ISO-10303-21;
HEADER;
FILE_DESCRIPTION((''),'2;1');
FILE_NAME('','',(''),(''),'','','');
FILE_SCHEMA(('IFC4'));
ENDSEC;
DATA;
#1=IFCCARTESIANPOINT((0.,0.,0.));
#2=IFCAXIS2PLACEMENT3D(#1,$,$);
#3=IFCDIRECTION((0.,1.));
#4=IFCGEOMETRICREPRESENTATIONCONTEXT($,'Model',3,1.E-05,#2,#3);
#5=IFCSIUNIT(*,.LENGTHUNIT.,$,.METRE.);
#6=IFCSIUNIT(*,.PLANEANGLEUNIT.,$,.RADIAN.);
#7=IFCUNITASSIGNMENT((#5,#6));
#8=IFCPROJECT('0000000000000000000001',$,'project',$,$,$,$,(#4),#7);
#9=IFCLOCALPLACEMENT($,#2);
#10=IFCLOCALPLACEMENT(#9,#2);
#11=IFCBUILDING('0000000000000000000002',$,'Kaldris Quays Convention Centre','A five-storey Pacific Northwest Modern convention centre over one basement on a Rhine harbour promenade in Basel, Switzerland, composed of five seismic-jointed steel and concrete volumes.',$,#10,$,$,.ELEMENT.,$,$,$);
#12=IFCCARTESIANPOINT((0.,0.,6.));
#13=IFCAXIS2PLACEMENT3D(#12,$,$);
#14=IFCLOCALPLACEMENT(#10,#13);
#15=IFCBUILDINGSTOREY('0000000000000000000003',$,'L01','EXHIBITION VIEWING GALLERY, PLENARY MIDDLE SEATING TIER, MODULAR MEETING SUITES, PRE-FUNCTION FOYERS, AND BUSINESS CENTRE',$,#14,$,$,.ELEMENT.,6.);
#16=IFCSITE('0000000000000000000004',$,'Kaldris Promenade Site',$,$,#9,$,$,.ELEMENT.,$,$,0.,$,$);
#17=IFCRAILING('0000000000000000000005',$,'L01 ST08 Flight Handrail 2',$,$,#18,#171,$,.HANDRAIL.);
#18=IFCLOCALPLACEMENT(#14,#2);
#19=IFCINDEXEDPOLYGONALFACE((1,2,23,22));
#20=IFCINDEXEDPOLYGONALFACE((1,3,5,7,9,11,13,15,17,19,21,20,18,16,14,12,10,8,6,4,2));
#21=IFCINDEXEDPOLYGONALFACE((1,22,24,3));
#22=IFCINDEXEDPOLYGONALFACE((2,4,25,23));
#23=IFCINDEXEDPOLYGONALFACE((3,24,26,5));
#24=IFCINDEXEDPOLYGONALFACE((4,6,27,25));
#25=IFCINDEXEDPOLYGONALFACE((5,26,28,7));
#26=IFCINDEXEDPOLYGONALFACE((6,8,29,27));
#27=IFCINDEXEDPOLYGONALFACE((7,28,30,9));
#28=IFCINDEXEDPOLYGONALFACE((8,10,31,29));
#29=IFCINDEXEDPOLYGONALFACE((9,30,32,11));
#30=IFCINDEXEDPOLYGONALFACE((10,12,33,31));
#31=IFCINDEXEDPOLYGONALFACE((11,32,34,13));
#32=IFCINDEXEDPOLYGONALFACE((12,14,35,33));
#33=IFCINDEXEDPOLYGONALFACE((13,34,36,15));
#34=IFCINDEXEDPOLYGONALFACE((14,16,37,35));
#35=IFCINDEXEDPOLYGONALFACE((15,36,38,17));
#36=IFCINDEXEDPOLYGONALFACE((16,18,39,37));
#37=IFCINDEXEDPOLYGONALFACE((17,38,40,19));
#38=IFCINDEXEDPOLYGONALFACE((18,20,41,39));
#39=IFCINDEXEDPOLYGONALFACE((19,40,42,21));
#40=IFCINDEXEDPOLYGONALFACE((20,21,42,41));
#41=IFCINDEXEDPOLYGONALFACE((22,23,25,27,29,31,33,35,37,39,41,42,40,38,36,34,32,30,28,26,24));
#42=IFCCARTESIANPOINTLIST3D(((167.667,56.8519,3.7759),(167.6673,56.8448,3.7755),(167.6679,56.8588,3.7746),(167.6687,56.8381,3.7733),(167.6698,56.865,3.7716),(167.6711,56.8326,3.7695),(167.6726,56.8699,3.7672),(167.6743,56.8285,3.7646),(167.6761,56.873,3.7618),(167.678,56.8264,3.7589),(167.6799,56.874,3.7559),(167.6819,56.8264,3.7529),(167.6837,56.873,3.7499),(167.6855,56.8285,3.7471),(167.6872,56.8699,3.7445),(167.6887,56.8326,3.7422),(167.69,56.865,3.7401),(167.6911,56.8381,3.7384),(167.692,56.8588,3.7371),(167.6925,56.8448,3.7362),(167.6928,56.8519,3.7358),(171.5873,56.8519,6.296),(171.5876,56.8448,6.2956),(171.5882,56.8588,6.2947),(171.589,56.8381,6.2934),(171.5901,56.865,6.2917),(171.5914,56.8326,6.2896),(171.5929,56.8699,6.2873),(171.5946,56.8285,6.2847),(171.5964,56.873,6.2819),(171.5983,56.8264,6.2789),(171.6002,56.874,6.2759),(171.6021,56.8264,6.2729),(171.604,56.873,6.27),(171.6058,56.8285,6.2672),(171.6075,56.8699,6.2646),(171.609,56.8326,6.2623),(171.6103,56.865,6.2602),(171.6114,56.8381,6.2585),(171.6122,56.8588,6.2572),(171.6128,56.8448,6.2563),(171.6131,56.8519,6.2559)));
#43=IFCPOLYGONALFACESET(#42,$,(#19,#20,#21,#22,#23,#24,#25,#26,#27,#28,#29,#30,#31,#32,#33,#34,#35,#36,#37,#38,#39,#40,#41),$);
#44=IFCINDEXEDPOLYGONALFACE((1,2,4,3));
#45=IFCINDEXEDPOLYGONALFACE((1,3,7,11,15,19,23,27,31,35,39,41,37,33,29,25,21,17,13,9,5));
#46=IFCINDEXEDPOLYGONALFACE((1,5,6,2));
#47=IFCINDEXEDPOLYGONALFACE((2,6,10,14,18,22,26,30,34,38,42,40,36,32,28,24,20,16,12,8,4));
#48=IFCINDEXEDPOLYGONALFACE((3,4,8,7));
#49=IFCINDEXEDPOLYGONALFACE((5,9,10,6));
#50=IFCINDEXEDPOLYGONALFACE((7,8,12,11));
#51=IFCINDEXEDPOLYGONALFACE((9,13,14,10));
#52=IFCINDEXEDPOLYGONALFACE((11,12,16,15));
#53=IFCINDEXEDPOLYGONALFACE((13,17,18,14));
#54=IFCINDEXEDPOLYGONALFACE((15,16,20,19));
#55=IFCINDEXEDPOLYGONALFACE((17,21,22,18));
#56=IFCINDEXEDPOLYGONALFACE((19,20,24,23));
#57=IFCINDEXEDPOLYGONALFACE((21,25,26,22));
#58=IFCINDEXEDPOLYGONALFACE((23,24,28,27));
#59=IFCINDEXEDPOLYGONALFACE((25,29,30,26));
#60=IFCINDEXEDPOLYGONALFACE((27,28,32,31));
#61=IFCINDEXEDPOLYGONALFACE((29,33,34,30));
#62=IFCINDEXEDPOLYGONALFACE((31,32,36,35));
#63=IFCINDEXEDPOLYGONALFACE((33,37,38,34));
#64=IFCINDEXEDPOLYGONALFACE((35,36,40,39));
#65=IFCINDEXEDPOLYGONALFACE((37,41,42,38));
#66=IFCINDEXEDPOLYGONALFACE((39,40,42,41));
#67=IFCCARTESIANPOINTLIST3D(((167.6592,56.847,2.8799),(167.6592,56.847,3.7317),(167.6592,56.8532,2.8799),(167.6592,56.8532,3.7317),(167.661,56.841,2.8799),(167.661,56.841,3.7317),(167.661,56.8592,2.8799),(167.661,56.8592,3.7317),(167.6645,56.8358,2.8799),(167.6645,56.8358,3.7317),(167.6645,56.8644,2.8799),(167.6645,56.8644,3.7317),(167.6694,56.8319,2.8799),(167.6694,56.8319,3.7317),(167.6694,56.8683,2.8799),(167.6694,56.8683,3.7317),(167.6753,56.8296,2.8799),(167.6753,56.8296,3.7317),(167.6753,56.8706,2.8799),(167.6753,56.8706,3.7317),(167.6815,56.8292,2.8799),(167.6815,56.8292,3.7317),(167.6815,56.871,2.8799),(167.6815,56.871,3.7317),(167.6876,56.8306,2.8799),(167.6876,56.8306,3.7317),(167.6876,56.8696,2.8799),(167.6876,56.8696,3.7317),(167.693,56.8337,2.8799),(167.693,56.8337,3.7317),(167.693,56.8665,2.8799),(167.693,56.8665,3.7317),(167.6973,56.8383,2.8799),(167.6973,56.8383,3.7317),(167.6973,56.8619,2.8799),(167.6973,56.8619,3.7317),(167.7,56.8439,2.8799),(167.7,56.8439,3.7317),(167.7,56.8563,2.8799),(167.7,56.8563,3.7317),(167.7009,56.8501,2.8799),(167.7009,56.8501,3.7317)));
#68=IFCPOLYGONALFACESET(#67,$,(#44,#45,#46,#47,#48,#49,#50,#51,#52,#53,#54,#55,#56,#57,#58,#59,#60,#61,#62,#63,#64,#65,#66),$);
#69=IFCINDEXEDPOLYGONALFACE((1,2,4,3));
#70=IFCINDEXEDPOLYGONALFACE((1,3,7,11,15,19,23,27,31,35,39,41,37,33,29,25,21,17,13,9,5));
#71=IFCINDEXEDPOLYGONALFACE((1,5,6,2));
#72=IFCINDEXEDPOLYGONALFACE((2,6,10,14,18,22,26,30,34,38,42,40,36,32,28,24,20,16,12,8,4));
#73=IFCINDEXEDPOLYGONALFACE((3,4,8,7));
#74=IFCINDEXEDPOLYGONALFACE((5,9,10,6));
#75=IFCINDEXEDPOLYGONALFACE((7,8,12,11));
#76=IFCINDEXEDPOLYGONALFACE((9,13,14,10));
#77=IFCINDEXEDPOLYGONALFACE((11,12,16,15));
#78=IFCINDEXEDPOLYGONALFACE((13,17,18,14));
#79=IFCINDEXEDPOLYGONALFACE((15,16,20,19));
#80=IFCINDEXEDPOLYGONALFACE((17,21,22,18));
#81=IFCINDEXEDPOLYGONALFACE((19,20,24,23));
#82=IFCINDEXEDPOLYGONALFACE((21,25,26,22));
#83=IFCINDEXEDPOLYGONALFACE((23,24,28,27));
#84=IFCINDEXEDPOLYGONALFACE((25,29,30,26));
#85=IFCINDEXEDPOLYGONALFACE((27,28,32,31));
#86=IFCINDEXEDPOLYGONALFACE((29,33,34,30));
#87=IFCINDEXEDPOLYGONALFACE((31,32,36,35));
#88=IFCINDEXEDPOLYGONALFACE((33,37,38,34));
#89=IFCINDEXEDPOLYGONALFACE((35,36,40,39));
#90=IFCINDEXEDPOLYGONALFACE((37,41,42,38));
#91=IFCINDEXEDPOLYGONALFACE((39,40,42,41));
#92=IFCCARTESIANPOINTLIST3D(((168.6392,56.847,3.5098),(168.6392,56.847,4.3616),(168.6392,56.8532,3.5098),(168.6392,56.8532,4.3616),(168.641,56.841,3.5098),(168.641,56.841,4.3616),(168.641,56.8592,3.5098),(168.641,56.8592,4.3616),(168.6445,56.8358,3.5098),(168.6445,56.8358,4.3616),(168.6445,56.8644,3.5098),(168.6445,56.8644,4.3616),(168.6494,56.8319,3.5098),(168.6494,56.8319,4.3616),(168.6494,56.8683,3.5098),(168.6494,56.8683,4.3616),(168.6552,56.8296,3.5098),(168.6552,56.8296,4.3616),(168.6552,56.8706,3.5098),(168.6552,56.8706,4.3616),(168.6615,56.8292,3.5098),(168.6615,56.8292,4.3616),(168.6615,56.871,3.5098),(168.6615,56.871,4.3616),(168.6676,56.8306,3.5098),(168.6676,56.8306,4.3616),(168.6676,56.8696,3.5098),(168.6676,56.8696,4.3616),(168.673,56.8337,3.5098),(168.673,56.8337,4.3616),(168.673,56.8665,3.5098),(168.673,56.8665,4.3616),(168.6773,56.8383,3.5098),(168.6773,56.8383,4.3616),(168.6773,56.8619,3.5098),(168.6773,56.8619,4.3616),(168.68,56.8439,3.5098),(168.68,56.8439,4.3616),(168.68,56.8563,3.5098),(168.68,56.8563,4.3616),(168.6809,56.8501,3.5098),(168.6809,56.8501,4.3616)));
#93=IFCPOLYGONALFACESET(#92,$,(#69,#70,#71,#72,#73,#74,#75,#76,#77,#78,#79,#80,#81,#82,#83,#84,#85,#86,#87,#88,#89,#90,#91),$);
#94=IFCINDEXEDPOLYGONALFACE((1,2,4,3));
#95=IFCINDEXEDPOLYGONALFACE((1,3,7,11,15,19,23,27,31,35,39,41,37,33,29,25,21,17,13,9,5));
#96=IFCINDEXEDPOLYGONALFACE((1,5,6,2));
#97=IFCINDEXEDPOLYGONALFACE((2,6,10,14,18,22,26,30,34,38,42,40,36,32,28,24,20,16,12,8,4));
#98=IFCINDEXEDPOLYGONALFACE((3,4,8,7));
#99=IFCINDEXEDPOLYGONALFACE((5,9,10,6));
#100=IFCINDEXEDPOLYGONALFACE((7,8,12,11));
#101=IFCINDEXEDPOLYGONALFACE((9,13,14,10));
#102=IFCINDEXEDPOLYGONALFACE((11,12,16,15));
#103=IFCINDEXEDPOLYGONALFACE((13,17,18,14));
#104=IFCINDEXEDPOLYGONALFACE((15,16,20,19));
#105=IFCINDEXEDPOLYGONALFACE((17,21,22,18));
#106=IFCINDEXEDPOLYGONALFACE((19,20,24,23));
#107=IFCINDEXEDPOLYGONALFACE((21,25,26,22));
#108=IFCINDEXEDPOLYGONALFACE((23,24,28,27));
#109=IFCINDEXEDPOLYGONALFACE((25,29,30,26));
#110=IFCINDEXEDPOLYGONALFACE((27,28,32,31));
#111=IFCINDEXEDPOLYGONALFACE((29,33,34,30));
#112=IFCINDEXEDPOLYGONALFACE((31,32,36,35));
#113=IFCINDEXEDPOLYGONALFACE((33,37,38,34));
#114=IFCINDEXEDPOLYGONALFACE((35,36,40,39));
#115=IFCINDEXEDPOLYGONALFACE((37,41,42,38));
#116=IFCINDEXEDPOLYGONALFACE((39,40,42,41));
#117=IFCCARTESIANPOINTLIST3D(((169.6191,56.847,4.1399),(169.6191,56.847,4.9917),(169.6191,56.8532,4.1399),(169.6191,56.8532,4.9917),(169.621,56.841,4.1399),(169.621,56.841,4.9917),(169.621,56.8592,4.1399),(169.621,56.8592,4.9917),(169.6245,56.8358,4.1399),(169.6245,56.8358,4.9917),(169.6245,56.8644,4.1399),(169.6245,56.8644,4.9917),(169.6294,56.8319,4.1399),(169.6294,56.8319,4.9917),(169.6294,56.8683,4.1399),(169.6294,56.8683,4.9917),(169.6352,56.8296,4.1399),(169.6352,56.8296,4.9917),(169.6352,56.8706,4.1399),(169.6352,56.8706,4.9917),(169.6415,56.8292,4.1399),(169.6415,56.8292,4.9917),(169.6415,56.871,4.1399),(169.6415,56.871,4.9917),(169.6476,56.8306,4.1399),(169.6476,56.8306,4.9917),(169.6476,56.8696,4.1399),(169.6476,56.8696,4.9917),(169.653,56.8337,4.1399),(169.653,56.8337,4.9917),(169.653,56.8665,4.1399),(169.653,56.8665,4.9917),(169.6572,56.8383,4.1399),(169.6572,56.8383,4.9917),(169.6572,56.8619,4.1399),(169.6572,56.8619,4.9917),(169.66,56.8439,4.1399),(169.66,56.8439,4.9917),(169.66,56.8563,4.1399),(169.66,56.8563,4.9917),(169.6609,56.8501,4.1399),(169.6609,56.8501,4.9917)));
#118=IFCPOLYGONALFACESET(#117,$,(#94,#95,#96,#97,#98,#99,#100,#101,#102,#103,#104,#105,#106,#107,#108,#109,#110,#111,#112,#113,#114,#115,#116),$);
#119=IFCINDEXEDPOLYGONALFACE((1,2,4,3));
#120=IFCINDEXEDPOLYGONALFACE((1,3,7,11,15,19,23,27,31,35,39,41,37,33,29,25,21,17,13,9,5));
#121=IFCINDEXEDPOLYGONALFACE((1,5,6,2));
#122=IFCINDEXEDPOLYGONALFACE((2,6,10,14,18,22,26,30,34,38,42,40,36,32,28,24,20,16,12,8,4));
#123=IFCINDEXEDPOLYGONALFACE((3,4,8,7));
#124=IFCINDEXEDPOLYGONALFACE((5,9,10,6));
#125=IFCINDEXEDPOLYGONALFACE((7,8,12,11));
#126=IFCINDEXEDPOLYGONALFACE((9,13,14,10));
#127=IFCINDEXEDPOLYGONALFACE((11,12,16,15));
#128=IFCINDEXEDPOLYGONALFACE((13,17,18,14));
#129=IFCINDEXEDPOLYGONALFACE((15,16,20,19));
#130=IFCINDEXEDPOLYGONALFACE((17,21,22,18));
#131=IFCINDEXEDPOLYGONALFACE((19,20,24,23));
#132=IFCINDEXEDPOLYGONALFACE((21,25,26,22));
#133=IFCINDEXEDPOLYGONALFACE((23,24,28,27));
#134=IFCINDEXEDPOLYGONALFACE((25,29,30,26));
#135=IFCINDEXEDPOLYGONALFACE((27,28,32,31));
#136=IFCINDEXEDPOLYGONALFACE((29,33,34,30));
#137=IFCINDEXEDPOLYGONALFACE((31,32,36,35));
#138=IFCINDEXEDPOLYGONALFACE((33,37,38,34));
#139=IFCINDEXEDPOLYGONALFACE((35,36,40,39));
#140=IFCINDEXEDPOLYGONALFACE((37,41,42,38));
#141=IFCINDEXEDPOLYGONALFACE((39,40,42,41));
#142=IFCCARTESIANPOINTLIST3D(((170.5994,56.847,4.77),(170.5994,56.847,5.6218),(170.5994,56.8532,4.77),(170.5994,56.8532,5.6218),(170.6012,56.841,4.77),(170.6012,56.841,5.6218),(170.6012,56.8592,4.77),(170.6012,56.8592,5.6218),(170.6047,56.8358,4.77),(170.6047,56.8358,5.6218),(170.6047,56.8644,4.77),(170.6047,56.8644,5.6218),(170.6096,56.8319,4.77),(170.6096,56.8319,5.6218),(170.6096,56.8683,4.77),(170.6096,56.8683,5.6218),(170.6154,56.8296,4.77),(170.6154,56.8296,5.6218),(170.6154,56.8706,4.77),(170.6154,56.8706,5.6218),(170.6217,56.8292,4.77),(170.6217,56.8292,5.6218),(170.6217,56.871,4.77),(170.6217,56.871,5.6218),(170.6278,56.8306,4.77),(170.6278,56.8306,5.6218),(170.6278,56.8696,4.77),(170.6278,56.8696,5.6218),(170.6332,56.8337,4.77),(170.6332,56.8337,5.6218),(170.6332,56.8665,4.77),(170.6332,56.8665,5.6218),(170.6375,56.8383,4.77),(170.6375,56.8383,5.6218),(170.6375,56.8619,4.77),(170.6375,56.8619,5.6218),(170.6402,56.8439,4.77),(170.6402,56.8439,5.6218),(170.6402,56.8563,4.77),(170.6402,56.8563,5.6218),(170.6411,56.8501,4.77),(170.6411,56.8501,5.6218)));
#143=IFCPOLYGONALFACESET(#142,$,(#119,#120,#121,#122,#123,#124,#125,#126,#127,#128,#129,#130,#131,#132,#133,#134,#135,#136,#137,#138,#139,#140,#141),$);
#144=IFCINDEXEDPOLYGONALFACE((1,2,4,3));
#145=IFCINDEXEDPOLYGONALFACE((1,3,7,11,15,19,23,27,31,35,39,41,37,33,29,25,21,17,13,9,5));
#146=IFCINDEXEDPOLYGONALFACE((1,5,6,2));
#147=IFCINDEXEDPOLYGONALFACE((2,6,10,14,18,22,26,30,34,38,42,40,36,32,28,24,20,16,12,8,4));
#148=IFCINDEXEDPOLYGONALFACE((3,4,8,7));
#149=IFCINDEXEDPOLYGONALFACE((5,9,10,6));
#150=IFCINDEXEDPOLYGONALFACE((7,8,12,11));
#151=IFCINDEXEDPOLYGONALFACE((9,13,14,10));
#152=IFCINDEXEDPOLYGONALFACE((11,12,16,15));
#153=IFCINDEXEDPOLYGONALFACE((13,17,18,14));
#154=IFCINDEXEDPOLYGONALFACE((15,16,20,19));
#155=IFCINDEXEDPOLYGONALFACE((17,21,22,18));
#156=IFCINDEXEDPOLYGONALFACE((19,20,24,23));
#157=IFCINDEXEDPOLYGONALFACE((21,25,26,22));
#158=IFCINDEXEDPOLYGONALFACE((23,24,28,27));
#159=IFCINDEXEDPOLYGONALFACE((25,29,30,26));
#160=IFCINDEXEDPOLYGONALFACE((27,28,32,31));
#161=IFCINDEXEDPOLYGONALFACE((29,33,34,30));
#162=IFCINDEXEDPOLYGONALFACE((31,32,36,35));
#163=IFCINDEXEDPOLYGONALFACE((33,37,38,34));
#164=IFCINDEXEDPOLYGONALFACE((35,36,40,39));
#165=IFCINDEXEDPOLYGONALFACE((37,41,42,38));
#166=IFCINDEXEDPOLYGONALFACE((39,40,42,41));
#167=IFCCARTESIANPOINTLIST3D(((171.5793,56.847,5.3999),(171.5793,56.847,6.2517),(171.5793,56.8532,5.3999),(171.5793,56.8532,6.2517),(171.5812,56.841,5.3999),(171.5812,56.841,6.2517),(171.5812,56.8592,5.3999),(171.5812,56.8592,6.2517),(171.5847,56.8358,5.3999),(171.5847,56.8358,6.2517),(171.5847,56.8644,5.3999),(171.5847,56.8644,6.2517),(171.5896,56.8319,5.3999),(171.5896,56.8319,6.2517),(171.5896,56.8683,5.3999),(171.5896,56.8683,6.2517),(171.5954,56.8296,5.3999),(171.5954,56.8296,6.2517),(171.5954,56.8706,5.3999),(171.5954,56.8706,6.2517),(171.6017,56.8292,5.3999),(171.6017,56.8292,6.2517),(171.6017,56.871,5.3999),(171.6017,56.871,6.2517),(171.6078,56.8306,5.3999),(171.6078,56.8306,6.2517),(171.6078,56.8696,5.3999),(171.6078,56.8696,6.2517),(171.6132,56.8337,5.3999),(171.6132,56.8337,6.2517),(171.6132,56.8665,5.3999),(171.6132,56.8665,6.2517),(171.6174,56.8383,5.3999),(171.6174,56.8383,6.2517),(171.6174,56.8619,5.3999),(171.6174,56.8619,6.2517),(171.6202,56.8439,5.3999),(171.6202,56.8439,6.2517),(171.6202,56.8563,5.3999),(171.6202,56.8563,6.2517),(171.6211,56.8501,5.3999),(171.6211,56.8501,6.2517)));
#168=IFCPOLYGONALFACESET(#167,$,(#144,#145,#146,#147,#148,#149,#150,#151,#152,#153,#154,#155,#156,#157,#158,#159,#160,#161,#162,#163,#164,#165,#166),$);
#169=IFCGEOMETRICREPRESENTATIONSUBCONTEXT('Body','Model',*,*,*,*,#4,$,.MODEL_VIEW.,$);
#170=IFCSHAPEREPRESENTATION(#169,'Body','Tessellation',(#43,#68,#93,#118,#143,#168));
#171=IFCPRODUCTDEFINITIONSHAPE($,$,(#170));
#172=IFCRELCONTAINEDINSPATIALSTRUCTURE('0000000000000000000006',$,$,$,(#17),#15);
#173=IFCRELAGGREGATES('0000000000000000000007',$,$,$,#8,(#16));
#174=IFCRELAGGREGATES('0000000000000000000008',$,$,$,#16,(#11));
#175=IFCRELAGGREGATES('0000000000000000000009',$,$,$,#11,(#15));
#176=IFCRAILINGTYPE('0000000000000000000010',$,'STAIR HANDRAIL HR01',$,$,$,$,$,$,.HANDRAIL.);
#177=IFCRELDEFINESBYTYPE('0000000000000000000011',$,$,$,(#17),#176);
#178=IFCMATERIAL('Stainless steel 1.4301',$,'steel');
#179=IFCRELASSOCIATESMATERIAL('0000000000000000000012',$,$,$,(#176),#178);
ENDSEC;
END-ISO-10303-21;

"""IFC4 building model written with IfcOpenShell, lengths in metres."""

from ifc_helpers import new_model, si_unit, direction, frame, origin, origin_2d, place, context, subcontext, project, spatial, circle, extrude, material, type_object, element, save


model = new_model("IFC4")

# Units and contexts
model_context = context("Model", 3, precision=1e-05, world=origin(), true_north=direction((0.0, 1.0)))
body_context = subcontext(model_context, "Body", "Model", "MODEL_VIEW")
ifc_project = project(units=[si_unit("LENGTHUNIT", "METRE"), si_unit("PLANEANGLEUNIT", "RADIAN")], contexts=[model_context])

# Site, building, storey
site_placement = place(None, origin())
site = spatial("IfcSite", under=ifc_project, at=site_placement, Name="Kaldris Promenade Site", CompositionType="ELEMENT", RefElevation=0.0)
building_placement = place(site_placement, origin())
building = spatial("IfcBuilding", under=site, at=building_placement, Name="Kaldris Quays Convention Centre", Description="A five-storey Pacific Northwest Modern convention centre over one basement on a Rhine harbour promenade in Basel, Switzerland, composed of five seismic-jointed steel and concrete volumes.", CompositionType="ELEMENT")
storey_placement = place(building_placement, frame((0.0, 0.0, 6.0)))
storey = spatial("IfcBuildingStorey", under=building, at=storey_placement, Name="L01", Description="EXHIBITION VIEWING GALLERY, PLENARY MIDDLE SEATING TIER, MODULAR MEETING SUITES, PRE-FUNCTION FOYERS, AND BUSINESS CENTRE", CompositionType="ELEMENT", Elevation=6.0)

# Railing
ifc_material_1 = material(Name="Stainless steel 1.4301", Category="steel")
railing_type_1 = type_object("IfcRailingType", Name="STAIR HANDRAIL HR01", PredefinedType="HANDRAIL", material=ifc_material_1)
railing_1_placement = place(storey_placement, frame((167.6799, 56.8501, 2.8799)))
element("IfcRailing", 1, at=railing_1_placement, inside=storey, type_object=railing_type_1, Name="L01 ST08 Flight Handrail 2", PredefinedType="HANDRAIL", context=body_context, shape_type="SweptSolid", body=[
    extrude(circle(Radius=0.0239, at=origin_2d()), frame((0.0, 0.0, 0.876), z_axis=(0.841187, 0.0, 0.540744), x_axis=(0.0, 1.0, 0.0)), (0.0, 0.0, 1.0), 4.6604),
    extrude(circle(Radius=0.021, at=origin_2d()), origin(), (0.0, 0.0, 1.0), 0.8518),
    extrude(circle(Radius=0.021, at=origin_2d()), frame((0.98, 0.0, 0.6299)), (0.0, 0.0, 1.0), 0.8518),
    extrude(circle(Radius=0.021, at=origin_2d()), frame((1.96, 0.0, 1.26)), (0.0, 0.0, 1.0), 0.8518),
    extrude(circle(Radius=0.021, at=origin_2d()), frame((2.9402, 0.0, 1.8901)), (0.0, 0.0, 1.0), 0.8518),
    extrude(circle(Radius=0.021, at=origin_2d()), frame((3.9202, 0.0, 2.52)), (0.0, 0.0, 1.0), 0.8518),
])

save(model, "model.ifc")
